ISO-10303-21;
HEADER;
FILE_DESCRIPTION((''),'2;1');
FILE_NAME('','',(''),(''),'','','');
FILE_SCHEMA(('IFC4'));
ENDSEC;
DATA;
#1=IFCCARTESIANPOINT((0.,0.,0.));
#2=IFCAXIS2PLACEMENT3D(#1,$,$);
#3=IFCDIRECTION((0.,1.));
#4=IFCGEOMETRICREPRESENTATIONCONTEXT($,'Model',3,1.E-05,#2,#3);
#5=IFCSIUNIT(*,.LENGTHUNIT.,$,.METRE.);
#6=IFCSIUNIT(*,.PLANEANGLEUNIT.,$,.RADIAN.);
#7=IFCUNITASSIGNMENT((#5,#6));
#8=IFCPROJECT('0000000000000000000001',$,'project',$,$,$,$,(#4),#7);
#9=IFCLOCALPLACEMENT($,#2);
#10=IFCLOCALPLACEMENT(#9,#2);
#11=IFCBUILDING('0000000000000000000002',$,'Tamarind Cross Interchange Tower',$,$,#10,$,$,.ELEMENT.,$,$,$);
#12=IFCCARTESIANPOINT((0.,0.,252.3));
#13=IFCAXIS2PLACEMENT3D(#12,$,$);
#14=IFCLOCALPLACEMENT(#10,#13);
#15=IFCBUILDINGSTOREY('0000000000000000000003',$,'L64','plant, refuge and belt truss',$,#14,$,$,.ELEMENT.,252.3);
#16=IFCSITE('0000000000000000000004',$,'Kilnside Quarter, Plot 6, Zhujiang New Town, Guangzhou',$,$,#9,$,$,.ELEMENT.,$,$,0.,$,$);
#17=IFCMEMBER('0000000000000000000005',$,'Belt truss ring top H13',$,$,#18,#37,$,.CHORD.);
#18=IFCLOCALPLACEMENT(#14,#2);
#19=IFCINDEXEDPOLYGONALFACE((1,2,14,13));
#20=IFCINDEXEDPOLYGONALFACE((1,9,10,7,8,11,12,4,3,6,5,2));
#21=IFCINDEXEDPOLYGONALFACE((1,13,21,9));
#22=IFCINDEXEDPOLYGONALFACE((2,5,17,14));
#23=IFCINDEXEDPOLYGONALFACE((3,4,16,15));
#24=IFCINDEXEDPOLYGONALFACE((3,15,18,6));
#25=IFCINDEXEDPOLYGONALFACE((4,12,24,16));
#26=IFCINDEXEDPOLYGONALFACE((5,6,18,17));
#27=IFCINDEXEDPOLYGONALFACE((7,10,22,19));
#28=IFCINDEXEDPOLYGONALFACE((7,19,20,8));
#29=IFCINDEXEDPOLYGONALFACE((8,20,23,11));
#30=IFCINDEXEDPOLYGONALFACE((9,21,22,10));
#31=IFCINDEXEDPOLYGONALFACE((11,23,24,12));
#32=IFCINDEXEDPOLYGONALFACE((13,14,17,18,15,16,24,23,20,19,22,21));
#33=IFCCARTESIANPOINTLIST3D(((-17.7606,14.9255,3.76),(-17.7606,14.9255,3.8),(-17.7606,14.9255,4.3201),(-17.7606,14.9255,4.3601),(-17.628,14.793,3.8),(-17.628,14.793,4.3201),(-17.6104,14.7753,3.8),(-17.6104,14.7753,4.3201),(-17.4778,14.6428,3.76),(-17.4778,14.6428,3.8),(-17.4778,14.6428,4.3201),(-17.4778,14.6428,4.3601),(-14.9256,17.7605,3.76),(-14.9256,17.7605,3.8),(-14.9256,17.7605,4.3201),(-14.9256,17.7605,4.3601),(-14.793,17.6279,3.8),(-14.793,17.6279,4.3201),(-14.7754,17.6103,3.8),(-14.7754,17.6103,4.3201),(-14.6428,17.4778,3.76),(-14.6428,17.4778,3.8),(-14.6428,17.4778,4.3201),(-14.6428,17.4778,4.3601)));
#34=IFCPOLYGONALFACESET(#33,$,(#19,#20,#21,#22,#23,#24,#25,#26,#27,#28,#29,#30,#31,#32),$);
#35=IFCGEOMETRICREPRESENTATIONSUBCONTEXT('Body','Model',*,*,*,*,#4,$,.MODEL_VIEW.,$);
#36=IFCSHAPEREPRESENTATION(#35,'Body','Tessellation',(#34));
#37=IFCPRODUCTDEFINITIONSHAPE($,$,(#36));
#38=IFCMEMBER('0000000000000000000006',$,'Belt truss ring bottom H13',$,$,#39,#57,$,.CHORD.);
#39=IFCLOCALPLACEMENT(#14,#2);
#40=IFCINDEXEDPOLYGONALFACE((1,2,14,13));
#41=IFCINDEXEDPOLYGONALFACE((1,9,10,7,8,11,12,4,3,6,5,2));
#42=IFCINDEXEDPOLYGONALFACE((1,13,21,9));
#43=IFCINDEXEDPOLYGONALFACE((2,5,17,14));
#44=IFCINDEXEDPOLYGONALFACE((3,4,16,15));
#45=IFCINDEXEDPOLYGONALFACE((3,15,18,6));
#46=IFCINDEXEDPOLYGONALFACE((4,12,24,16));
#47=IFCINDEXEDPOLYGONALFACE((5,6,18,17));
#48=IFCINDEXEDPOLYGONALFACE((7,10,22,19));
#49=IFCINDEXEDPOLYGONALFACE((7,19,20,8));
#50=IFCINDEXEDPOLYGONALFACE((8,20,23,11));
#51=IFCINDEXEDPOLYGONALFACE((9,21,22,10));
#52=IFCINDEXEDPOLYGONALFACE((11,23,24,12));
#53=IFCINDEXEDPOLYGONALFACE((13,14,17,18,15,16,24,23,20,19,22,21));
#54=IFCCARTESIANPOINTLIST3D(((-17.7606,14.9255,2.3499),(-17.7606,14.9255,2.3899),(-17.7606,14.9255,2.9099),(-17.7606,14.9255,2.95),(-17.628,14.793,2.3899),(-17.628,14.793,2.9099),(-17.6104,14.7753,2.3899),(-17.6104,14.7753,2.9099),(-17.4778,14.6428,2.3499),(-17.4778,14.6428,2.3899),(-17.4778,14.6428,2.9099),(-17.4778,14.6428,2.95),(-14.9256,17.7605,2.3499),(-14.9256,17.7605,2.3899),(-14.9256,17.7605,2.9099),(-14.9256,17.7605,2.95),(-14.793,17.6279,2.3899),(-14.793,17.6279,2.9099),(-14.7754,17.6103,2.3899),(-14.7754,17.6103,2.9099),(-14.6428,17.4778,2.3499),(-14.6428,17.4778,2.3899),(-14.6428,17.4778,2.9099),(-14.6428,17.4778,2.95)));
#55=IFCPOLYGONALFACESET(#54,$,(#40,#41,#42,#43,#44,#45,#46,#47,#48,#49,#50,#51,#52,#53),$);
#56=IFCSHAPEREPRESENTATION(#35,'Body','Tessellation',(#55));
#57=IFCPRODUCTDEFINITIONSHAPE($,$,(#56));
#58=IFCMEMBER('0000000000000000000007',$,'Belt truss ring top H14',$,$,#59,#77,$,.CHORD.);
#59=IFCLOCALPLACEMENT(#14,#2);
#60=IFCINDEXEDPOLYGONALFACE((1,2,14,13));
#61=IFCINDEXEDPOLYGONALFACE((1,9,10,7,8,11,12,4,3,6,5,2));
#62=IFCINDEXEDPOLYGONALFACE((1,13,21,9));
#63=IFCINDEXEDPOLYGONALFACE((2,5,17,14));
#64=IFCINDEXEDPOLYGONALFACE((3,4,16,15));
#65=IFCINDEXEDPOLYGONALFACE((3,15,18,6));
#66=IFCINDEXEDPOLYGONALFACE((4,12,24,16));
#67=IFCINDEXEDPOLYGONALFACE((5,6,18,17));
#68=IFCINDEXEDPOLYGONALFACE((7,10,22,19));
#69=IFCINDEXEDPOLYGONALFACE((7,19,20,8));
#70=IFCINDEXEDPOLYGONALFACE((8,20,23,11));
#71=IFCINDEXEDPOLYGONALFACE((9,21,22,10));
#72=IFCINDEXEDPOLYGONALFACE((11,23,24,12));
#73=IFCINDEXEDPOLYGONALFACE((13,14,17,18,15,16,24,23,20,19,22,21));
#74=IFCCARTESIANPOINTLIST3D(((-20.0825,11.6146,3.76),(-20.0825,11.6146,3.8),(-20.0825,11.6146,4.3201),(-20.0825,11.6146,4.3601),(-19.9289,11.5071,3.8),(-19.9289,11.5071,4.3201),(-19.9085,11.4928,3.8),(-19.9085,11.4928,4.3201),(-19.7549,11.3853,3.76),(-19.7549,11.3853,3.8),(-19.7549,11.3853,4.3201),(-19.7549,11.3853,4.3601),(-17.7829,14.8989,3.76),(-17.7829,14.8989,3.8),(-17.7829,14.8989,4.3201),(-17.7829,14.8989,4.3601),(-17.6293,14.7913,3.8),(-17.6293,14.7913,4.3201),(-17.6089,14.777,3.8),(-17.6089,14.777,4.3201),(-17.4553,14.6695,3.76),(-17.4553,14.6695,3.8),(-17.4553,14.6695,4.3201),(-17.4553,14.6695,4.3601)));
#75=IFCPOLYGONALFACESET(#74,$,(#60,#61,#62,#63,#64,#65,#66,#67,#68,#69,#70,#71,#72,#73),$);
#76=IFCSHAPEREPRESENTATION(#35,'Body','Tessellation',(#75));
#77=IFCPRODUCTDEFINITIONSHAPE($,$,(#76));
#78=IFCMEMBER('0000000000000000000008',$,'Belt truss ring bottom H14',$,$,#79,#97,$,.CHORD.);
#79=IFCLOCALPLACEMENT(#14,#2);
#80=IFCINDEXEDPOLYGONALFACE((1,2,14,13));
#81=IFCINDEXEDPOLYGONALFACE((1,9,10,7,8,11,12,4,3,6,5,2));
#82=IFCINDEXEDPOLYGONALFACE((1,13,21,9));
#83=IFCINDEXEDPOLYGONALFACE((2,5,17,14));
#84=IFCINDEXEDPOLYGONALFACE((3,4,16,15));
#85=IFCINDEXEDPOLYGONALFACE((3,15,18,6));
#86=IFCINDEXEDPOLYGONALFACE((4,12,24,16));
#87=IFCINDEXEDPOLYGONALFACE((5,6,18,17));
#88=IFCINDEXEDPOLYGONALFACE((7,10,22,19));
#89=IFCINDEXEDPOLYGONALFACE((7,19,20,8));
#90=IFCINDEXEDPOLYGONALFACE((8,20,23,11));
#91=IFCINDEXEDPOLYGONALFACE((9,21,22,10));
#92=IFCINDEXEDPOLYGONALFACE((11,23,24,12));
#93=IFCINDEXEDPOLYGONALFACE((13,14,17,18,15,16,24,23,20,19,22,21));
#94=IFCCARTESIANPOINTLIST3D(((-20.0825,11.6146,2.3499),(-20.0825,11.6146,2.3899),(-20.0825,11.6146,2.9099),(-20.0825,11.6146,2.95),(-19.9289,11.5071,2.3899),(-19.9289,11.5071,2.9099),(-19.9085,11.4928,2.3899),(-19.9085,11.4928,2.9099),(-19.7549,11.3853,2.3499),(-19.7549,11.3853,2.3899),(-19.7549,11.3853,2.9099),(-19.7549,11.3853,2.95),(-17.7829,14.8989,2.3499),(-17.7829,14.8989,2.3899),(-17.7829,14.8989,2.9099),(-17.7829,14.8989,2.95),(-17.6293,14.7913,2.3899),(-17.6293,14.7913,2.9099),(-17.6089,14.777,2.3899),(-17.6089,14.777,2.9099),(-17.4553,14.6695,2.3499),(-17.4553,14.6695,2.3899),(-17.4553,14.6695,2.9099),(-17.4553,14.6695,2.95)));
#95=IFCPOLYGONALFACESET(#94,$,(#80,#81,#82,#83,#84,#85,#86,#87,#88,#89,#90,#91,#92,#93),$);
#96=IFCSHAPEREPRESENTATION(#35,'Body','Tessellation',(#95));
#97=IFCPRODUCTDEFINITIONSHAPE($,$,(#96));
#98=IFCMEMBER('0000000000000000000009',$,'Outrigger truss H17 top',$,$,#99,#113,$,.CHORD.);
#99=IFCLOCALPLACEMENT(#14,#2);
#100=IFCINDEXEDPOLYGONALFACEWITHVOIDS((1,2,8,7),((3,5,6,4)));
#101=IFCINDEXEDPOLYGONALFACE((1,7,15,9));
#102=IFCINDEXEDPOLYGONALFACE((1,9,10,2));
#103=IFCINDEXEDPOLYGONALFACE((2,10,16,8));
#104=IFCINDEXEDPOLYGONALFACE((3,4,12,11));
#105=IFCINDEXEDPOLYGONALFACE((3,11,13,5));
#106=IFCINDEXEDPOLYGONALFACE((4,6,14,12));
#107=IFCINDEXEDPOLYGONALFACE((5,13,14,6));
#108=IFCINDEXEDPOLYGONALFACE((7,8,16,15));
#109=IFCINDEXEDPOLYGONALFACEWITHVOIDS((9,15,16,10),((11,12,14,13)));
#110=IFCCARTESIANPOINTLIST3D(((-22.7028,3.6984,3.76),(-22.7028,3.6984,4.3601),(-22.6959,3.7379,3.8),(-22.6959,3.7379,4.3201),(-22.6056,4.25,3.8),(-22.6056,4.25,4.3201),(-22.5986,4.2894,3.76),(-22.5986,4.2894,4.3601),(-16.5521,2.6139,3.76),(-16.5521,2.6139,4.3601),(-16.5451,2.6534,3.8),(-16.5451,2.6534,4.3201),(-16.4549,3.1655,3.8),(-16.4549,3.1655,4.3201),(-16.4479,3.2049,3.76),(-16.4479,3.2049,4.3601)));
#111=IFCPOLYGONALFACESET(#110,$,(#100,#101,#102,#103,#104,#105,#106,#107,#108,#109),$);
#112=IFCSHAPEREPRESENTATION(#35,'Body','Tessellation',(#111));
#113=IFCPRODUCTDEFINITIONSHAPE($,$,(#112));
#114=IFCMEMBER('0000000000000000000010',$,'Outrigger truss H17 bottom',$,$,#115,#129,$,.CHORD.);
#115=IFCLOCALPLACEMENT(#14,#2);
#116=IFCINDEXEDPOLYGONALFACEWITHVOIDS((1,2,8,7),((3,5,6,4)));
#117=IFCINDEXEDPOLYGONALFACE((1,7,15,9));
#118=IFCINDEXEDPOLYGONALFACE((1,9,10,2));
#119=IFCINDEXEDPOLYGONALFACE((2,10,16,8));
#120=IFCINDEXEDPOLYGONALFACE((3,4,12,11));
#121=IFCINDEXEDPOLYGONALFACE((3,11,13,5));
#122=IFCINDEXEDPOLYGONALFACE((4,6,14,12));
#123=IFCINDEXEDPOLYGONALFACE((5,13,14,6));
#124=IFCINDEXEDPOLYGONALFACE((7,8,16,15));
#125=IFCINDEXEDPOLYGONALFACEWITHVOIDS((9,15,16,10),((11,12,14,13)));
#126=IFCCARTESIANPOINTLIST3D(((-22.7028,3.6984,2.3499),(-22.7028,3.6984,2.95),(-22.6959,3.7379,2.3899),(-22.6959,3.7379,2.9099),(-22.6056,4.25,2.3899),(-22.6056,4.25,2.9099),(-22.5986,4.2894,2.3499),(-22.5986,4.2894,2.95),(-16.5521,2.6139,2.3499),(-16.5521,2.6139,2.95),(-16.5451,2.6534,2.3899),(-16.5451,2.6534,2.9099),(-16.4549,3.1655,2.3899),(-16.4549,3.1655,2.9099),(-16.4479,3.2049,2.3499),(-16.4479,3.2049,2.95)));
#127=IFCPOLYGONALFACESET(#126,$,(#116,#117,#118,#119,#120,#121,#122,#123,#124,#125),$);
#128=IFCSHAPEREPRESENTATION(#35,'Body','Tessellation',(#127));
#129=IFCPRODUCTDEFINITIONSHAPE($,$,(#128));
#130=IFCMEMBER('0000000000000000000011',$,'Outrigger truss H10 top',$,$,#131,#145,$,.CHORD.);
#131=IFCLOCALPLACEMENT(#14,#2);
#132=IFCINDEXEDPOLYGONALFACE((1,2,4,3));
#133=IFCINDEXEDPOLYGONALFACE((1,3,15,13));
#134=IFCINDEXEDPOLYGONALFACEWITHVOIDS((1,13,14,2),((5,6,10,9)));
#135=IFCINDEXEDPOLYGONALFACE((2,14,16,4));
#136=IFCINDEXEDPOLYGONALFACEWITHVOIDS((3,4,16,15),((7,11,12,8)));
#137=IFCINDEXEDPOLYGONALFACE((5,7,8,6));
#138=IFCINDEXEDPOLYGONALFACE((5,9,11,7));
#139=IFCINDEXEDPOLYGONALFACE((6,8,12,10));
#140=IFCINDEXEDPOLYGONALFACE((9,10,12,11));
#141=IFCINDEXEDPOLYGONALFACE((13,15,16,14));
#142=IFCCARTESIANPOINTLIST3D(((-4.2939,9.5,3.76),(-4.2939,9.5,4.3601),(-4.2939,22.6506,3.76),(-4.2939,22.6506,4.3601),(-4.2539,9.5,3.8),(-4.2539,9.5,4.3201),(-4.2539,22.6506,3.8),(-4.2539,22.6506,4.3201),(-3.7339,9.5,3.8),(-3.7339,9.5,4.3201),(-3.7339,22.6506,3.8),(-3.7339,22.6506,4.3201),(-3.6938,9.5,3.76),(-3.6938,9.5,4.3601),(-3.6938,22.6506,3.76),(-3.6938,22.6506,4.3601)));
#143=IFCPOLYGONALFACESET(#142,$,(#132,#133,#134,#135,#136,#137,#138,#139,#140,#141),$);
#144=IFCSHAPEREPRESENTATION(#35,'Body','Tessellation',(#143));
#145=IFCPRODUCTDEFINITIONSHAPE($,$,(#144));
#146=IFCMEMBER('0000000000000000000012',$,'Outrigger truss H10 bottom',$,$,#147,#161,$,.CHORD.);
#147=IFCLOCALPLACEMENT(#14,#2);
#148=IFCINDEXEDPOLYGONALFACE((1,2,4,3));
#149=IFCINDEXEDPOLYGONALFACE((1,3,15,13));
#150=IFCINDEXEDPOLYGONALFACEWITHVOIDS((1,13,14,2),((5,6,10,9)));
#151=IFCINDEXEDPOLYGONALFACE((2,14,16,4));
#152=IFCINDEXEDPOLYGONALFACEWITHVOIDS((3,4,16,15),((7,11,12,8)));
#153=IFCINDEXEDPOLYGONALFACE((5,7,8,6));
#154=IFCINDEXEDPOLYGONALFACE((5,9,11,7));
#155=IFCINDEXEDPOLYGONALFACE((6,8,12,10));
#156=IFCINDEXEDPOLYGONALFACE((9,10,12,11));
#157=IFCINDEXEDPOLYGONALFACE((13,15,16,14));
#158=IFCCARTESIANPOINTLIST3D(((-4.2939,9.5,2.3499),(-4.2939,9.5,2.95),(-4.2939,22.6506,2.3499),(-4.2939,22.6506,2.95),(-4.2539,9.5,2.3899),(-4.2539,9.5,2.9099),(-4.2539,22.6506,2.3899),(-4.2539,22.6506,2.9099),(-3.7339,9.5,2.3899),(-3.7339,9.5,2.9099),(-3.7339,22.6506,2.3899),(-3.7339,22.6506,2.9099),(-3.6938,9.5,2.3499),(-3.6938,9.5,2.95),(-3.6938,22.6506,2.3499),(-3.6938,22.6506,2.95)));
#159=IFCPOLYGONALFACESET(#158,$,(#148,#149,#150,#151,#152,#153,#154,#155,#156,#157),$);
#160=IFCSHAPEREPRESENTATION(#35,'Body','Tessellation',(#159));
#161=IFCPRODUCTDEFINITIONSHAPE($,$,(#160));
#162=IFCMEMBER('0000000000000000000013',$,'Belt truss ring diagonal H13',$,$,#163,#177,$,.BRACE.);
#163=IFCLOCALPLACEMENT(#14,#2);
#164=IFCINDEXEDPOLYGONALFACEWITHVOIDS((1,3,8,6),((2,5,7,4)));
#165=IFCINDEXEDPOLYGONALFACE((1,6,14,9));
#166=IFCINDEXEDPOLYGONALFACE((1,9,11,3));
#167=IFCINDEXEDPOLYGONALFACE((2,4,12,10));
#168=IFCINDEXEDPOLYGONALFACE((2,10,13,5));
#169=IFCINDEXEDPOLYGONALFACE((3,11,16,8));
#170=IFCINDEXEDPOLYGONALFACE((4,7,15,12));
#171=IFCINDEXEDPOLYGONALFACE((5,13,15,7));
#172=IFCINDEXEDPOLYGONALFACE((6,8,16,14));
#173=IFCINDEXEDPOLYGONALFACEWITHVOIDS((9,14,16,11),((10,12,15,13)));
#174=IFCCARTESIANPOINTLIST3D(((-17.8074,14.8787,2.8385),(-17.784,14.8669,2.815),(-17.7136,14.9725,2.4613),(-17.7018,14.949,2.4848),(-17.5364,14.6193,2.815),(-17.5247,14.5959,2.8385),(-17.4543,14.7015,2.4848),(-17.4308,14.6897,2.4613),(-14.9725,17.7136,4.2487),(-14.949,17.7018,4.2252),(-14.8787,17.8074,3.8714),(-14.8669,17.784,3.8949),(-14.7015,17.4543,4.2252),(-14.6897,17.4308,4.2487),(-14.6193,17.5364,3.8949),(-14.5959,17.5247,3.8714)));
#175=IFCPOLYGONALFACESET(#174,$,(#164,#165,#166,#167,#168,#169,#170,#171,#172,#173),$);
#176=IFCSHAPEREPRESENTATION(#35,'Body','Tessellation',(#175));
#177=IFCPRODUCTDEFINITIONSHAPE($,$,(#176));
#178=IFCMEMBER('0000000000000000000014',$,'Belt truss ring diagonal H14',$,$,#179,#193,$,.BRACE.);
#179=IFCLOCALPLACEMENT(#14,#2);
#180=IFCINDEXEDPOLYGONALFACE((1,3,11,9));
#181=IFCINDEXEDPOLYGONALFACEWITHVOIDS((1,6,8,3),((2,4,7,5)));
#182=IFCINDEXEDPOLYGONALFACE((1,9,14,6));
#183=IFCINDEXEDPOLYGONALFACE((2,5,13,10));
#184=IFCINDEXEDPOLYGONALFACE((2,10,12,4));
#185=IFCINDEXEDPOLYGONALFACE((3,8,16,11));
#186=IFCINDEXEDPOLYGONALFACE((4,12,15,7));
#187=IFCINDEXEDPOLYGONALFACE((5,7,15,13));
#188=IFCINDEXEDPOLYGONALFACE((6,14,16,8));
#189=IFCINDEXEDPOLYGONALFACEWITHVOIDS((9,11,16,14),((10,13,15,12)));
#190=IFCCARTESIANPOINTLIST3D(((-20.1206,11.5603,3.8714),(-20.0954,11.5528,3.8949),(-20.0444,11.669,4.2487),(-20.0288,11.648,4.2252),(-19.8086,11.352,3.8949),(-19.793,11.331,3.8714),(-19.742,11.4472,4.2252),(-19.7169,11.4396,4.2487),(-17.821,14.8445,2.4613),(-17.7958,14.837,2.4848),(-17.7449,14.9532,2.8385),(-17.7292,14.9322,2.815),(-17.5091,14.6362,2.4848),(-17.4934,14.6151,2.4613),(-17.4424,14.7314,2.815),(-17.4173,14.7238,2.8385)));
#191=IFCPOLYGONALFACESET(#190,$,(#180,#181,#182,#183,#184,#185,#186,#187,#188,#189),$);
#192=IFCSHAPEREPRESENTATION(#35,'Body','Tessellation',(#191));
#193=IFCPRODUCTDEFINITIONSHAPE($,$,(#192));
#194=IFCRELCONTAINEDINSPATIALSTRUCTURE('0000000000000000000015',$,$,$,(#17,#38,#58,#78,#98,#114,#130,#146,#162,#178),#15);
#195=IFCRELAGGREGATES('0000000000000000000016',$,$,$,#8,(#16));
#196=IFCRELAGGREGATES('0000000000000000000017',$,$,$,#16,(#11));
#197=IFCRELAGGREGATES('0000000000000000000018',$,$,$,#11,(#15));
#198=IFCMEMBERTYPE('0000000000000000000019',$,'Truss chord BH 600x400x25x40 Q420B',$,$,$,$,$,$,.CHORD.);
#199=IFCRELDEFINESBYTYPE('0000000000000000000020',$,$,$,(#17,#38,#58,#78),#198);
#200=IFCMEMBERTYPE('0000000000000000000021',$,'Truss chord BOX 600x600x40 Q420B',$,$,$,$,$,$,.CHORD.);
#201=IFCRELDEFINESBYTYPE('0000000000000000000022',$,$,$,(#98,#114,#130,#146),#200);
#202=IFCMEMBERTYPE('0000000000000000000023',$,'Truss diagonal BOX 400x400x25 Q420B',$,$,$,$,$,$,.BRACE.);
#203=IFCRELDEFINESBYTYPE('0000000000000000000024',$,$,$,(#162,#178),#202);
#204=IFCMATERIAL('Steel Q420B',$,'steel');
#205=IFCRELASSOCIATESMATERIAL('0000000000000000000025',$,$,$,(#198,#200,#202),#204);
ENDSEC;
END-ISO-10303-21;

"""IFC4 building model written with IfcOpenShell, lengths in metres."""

from ifc_helpers import new_model, si_unit, direction, frame, origin, origin_2d, place, context, subcontext, project, spatial, hollow_rectangle, i_section, extrude, material, material_profile, profile_set, type_object, element, save


model = new_model("IFC4")

# Units and contexts
model_context = context("Model", 3, precision=1e-05, world=origin(), true_north=direction((0.0, 1.0)))
body_context = subcontext(model_context, "Body", "Model", "MODEL_VIEW")
ifc_project = project(units=[si_unit("LENGTHUNIT", "METRE"), si_unit("PLANEANGLEUNIT", "RADIAN")], contexts=[model_context])

# Site, building, storey
site_placement = place(None, origin())
site = spatial("IfcSite", under=ifc_project, at=site_placement, Name="Kilnside Quarter, Plot 6, Zhujiang New Town, Guangzhou", CompositionType="ELEMENT", RefElevation=0.0)
building_placement = place(site_placement, origin())
building = spatial("IfcBuilding", under=site, at=building_placement, Name="Tamarind Cross Interchange Tower", CompositionType="ELEMENT")
storey_placement = place(building_placement, frame((0.0, 0.0, 252.3)))
storey = spatial("IfcBuildingStorey", under=building, at=storey_placement, Name="L64", Description="plant, refuge and belt truss", CompositionType="ELEMENT", Elevation=252.3)

# Members
ifc_material_1 = material(Name="Steel Q420B", Category="steel")
ifc_material_profile_1 = material_profile(ifc_material_1, i_section(OverallWidth=0.3999, OverallDepth=0.6001, WebThickness=0.0249, FlangeThickness=0.04, at=origin_2d()), Name="BH 600x400x25x40")
ifc_profile_set_1 = profile_set([ifc_material_profile_1], Name="Steel Q420B")
member_type_1 = type_object("IfcMemberType", Name="Truss chord BH 600x400x25x40 Q420B", PredefinedType="CHORD", material=ifc_profile_set_1)
for number, where, z_axis, x_axis, name in (
    (1, (-14.7842, 17.6191, 4.0601), (-0.707107, -0.707107, 0.0), (0.707107, -0.707107, 0.0), "Belt truss ring top H13"),
    (2, (-14.7842, 17.6191, 2.6499), (-0.707107, -0.707107, 0.0), (0.707107, -0.707107, 0.0), "Belt truss ring bottom H13"),
    (3, (-17.6191, 14.7842, 4.0601), (-0.573569, -0.819158, 0.0), (0.819158, -0.573569, 0.0), "Belt truss ring top H14"),
    (4, (-17.6191, 14.7842, 2.6499), (-0.573569, -0.819158, 0.0), (0.819158, -0.573569, 0.0), "Belt truss ring bottom H14"),
):
    element("IfcMember", number, at=place(storey_placement, frame(where, z_axis=z_axis, x_axis=x_axis)), inside=storey, type_object=member_type_1, Name=name, PredefinedType="CHORD", context=body_context, shape_type="SweptSolid", body=[
        extrude(i_section(OverallWidth=0.3999, OverallDepth=0.6001, WebThickness=0.0249, FlangeThickness=0.04, at=origin_2d()), origin(), (0.0, 0.0, 1.0), 4.0093),
    ])
ifc_material_profile_2 = material_profile(ifc_material_1, hollow_rectangle(XDim=0.6001, YDim=0.6001, WallThickness=0.04, at=origin_2d()), Name="BOX 600x600x40")
ifc_profile_set_2 = profile_set([ifc_material_profile_2], Name="Steel Q420B")
member_type_2 = type_object("IfcMemberType", Name="Truss chord BOX 600x600x40 Q420B", PredefinedType="CHORD", material=ifc_profile_set_2)
for number, where, z_axis, x_axis, name in (
    (5, (-16.5, 2.9094, 4.0601), (-0.984809, 0.17364, 0.0), (-0.17364, -0.984809, 0.0), "Outrigger truss H17 top"),
    (6, (-16.5, 2.9094, 2.6499), (-0.984809, 0.17364, 0.0), (-0.17364, -0.984809, 0.0), "Outrigger truss H17 bottom"),
):
    element("IfcMember", number, at=place(storey_placement, frame(where, z_axis=z_axis, x_axis=x_axis)), inside=storey, type_object=member_type_2, Name=name, PredefinedType="CHORD", context=body_context, shape_type="SweptSolid", body=[
        extrude(hollow_rectangle(XDim=0.6001, YDim=0.6001, WallThickness=0.04, at=origin_2d()), origin(), (0.0, 0.0, 1.0), 6.2456),
    ])
for number, where, z_axis, x_axis, name in (
    (7, (-3.9939, 9.5, 4.0601), (0.0, 1.0, 0.0), (-1.0, 0.0, 0.0), "Outrigger truss H10 top"),
    (8, (-3.9939, 9.5, 2.6499), (0.0, 1.0, 0.0), (-1.0, 0.0, 0.0), "Outrigger truss H10 bottom"),
):
    element("IfcMember", number, at=place(storey_placement, frame(where, z_axis=z_axis, x_axis=x_axis)), inside=storey, type_object=member_type_2, Name=name, PredefinedType="CHORD", context=body_context, shape_type="SweptSolid", body=[
        extrude(hollow_rectangle(XDim=0.6001, YDim=0.6001, WallThickness=0.04, at=origin_2d()), origin(), (0.0, 0.0, 1.0), 13.1506),
    ])
ifc_material_profile_3 = material_profile(ifc_material_1, hollow_rectangle(XDim=0.3999, YDim=0.3999, WallThickness=0.0249, at=origin_2d()), Name="BOX 400x400x25")
ifc_profile_set_3 = profile_set([ifc_material_profile_3], Name="Steel Q420B")
member_type_3 = type_object("IfcMemberType", Name="Truss diagonal BOX 400x400x25 Q420B", PredefinedType="BRACE", material=ifc_profile_set_3)
for number, where, z_axis, x_axis, name in (
    (9, (-14.7842, 17.6191, 4.0601), (-0.667049, -0.667049, -0.331801), (0.707107, -0.707107, 0.0), "Belt truss ring diagonal H13"),
    (10, (-17.6191, 14.7842, 2.6499), (-0.541075, -0.772751, 0.331803), (0.819158, -0.573569, 0.0), "Belt truss ring diagonal H14"),
):
    element("IfcMember", number, at=place(storey_placement, frame(where, z_axis=z_axis, x_axis=x_axis)), inside=storey, type_object=member_type_3, Name=name, PredefinedType="BRACE", context=body_context, shape_type="SweptSolid", body=[
        extrude(hollow_rectangle(XDim=0.3999, YDim=0.3999, WallThickness=0.0249, at=origin_2d()), origin(), (0.0, 0.0, 1.0), 4.25),
    ])

save(model, "model.ifc")
